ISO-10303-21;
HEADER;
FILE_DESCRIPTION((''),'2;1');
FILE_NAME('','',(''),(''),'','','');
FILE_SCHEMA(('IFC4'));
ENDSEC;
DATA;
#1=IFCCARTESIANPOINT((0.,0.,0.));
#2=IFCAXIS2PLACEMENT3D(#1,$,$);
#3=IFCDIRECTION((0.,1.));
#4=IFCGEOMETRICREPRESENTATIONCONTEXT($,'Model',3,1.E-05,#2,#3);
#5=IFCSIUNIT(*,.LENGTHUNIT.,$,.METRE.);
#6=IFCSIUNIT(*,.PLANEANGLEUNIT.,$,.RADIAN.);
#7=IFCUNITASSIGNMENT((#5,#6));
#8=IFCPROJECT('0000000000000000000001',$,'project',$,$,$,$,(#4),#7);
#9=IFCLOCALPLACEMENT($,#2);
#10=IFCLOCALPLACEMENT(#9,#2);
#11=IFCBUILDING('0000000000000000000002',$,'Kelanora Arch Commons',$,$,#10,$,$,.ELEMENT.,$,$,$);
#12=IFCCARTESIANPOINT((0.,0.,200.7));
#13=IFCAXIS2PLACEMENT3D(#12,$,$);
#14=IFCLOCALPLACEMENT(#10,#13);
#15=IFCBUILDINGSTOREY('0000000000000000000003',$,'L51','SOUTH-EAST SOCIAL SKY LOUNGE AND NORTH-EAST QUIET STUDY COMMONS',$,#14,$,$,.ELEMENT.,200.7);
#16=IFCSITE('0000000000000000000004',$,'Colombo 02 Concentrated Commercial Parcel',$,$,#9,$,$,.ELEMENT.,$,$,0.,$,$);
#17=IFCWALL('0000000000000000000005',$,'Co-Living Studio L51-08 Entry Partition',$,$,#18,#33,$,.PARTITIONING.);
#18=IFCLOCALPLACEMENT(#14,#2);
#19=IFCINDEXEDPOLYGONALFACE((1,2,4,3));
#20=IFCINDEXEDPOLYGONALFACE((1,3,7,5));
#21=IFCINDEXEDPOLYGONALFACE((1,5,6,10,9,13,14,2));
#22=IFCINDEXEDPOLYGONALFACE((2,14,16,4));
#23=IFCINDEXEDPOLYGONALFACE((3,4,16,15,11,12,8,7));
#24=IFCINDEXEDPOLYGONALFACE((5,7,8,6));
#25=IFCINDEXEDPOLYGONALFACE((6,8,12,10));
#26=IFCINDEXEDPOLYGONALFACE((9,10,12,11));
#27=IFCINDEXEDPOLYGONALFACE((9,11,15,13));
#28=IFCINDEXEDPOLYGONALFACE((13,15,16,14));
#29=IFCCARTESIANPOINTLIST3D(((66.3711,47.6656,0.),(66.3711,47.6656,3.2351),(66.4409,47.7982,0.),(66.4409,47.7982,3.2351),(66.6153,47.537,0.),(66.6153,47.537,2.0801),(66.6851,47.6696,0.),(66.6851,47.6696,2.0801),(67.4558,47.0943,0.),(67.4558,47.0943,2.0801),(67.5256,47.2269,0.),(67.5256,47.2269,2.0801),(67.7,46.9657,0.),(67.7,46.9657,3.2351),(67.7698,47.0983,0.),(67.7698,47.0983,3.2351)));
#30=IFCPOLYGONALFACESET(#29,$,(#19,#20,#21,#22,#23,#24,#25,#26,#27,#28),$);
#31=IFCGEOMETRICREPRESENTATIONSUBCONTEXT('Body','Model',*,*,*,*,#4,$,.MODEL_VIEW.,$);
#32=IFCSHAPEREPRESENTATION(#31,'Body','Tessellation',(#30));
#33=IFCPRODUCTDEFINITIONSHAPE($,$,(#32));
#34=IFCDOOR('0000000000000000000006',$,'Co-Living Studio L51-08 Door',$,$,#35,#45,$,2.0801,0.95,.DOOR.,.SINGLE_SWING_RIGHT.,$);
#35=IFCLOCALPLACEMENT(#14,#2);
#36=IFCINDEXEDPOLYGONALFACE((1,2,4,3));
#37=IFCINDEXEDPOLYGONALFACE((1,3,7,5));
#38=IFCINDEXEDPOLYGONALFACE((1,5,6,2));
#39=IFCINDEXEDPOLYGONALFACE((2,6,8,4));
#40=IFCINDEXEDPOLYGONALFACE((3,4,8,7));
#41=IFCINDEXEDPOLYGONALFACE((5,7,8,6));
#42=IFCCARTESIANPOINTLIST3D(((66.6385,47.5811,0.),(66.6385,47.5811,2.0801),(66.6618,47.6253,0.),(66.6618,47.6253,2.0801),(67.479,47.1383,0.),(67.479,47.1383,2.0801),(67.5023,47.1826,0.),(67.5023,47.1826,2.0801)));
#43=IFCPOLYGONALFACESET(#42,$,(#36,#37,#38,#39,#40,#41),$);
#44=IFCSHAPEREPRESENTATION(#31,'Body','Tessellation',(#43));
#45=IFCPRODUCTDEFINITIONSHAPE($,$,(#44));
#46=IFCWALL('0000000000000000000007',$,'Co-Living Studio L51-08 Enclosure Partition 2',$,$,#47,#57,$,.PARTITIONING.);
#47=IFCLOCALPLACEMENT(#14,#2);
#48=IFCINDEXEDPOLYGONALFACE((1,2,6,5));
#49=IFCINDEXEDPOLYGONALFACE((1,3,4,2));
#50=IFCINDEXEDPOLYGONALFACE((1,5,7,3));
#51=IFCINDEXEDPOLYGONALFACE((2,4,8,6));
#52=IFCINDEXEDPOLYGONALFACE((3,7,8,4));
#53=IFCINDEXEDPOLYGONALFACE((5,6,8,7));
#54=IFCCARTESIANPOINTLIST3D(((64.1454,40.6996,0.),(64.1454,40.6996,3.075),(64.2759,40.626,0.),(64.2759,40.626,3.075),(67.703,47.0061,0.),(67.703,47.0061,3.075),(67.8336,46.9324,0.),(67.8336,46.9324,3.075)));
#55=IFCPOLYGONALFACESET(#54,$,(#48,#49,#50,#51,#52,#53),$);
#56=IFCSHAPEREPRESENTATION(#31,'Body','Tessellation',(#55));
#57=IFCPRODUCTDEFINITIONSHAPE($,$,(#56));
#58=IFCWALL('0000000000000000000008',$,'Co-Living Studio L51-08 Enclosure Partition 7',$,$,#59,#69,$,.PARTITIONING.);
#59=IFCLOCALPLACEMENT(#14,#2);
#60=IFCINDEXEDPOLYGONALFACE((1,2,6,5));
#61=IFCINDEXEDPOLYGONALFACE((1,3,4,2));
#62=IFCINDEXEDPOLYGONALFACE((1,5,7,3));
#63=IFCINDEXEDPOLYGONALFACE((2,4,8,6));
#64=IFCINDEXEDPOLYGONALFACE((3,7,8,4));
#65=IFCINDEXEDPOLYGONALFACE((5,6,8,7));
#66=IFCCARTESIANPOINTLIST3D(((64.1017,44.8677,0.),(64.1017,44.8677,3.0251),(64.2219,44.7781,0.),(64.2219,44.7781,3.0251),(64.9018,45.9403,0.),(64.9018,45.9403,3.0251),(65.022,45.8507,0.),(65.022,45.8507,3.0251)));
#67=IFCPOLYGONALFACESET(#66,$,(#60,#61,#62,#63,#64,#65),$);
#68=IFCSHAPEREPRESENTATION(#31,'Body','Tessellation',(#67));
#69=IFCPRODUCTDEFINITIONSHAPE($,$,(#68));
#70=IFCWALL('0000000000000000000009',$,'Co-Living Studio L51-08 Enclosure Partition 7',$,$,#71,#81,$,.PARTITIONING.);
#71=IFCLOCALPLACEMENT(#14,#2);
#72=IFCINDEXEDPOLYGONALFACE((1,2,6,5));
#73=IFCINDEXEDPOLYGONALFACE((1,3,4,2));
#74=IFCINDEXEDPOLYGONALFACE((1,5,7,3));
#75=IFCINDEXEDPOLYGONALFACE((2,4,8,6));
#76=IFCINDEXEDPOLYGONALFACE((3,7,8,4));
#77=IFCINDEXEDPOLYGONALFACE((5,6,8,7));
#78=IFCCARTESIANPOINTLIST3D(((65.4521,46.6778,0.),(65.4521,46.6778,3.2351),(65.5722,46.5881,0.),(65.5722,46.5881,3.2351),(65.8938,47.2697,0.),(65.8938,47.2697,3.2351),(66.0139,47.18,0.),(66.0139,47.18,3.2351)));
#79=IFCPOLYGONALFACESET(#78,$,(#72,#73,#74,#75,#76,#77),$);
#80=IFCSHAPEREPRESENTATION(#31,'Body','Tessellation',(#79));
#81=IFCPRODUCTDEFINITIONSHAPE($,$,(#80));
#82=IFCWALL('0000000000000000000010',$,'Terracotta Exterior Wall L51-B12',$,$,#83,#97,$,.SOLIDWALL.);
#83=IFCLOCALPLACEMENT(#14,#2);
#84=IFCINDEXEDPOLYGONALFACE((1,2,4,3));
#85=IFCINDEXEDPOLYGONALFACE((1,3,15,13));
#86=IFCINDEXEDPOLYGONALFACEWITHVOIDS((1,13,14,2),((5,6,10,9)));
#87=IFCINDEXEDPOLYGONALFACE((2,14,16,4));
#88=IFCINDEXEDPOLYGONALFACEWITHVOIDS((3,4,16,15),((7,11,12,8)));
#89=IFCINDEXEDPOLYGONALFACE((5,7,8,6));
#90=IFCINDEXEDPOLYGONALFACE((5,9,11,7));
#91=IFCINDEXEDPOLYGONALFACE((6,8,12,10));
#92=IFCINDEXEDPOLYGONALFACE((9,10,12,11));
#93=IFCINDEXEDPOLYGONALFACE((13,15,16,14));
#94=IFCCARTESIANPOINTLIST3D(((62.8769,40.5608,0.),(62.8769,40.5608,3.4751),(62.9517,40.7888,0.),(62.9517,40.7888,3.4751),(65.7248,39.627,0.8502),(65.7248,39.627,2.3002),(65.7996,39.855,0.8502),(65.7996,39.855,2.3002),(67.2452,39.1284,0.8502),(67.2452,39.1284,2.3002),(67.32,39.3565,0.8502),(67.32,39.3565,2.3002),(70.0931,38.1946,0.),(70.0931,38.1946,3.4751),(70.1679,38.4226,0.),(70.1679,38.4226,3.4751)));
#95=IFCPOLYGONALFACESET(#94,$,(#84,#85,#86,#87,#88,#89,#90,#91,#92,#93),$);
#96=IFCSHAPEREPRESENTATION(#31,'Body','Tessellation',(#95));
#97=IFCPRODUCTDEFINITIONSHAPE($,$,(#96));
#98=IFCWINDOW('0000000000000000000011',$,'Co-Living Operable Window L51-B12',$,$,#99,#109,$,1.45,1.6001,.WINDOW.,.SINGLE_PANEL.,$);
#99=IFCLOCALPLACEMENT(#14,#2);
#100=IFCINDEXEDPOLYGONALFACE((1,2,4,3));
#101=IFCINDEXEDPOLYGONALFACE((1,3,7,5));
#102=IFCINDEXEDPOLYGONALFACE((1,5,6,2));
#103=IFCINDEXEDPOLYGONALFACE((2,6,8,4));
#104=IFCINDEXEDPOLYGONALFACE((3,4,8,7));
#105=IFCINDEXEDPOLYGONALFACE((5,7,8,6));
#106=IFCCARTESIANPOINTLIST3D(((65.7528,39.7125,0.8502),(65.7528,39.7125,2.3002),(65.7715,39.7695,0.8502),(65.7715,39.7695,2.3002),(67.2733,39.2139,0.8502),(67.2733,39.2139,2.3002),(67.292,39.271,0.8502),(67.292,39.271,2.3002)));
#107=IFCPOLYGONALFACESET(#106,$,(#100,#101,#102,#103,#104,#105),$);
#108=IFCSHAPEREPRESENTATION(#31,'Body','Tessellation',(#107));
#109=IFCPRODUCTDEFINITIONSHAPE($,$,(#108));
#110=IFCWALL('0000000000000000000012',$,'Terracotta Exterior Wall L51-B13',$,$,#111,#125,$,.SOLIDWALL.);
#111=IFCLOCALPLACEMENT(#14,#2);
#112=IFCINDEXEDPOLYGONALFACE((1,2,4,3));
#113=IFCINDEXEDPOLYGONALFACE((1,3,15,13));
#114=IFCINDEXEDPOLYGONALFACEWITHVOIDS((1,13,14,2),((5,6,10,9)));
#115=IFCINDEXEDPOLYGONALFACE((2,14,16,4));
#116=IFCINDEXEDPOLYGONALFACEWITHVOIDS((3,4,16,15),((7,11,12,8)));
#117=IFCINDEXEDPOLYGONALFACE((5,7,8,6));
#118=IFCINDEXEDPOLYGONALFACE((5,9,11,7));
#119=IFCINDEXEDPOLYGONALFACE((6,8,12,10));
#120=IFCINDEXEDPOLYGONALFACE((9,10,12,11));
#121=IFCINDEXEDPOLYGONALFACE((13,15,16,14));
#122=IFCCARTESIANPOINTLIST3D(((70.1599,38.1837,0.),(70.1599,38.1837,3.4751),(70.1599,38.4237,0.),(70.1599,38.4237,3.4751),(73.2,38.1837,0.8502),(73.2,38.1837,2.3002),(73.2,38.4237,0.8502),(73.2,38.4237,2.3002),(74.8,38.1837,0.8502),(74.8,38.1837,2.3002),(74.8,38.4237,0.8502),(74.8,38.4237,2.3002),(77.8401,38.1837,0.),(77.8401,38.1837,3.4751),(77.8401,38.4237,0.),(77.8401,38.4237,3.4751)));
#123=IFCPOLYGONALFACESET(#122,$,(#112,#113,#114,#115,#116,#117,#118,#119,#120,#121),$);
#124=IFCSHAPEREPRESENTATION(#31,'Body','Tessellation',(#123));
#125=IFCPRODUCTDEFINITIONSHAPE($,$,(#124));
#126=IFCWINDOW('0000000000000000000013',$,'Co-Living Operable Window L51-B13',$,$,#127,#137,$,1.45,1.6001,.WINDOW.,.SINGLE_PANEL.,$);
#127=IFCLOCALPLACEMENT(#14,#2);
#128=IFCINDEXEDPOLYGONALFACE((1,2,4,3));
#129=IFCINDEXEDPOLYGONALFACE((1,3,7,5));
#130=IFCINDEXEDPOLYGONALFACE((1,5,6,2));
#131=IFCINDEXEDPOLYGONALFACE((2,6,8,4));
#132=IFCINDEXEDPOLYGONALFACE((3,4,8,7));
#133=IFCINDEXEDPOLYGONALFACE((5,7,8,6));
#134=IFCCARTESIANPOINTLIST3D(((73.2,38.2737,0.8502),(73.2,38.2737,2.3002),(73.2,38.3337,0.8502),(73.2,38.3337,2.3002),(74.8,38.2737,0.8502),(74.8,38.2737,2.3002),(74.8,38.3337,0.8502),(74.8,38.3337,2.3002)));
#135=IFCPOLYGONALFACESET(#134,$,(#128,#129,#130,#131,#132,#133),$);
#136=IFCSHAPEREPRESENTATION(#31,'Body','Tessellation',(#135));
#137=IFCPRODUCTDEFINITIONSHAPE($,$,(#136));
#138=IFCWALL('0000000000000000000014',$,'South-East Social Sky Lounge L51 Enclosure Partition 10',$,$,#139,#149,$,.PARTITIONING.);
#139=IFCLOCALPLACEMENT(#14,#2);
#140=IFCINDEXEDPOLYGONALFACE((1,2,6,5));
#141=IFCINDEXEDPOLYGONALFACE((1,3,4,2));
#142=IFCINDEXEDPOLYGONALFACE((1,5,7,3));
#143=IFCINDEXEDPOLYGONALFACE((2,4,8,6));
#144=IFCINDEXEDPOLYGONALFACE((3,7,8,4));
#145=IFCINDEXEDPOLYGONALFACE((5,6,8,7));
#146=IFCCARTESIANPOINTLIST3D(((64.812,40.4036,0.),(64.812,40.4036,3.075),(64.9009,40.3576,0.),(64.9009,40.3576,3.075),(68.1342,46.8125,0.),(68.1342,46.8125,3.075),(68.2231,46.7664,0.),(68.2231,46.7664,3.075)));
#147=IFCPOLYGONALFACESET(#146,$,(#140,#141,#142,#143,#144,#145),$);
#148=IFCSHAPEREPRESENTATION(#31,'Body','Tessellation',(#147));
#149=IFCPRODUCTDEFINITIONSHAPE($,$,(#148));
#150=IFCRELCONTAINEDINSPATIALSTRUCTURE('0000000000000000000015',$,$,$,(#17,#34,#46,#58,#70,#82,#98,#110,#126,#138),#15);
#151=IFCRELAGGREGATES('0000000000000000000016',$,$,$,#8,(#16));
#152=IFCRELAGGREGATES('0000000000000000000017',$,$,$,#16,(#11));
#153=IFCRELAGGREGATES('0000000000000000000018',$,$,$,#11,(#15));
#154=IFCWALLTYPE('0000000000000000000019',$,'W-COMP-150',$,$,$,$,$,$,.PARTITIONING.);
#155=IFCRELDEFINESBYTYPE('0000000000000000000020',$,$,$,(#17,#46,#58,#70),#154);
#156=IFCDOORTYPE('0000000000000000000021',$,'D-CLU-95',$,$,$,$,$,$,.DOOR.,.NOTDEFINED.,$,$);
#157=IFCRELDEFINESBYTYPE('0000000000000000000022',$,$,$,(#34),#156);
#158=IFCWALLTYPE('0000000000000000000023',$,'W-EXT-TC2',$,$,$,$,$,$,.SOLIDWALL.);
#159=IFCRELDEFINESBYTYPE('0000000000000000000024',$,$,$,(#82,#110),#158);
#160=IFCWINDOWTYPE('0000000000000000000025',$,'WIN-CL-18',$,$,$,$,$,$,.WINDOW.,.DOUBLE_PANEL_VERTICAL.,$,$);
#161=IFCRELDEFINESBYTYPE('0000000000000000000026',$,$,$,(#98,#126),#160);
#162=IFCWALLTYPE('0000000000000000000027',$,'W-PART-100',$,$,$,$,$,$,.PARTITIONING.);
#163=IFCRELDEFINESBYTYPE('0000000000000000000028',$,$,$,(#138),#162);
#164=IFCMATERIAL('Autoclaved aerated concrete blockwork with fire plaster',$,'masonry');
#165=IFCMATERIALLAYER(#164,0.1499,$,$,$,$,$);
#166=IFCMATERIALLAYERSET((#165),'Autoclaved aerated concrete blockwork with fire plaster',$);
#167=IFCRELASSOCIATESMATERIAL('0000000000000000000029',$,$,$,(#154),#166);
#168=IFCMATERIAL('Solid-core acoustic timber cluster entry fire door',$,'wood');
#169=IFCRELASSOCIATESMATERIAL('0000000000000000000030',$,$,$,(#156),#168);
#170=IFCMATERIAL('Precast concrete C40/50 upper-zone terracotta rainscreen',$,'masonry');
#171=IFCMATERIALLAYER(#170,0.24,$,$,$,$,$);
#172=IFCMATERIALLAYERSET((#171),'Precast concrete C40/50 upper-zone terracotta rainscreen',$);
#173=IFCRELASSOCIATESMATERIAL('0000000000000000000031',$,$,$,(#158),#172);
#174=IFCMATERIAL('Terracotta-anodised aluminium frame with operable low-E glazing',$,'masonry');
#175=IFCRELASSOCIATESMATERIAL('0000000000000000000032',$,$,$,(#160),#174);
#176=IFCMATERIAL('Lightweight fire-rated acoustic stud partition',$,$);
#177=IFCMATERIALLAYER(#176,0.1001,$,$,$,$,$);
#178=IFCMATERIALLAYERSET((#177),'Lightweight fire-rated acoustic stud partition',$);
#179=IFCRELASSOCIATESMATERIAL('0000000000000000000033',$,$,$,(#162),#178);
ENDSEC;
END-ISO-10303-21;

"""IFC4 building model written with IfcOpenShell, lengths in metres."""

from ifc_helpers import new_model, si_unit, direction, frame, frame_2d, origin, place, context, subcontext, project, spatial, rectangle, extrude, material, layer, layer_set, type_object, element, fill, save


model = new_model("IFC4")

# Units and contexts
model_context = context("Model", 3, precision=1e-05, world=origin(), true_north=direction((0.0, 1.0)))
body_context = subcontext(model_context, "Body", "Model", "MODEL_VIEW")
ifc_project = project(units=[si_unit("LENGTHUNIT", "METRE"), si_unit("PLANEANGLEUNIT", "RADIAN")], contexts=[model_context])

# Site, building, storey
site_placement = place(None, origin())
site = spatial("IfcSite", under=ifc_project, at=site_placement, Name="Colombo 02 Concentrated Commercial Parcel", CompositionType="ELEMENT", RefElevation=0.0)
building_placement = place(site_placement, origin())
building = spatial("IfcBuilding", under=site, at=building_placement, Name="Kelanora Arch Commons", CompositionType="ELEMENT")
storey_placement = place(building_placement, frame((0.0, 0.0, 200.7)))
storey = spatial("IfcBuildingStorey", under=building, at=storey_placement, Name="L51", Description="SOUTH-EAST SOCIAL SKY LOUNGE AND NORTH-EAST QUIET STUDY COMMONS", CompositionType="ELEMENT", Elevation=200.7)

# Wall, opening, door
ifc_material_1 = material(Name="Autoclaved aerated concrete blockwork with fire plaster", Category="masonry")
ifc_layer_1 = layer(ifc_material_1, 0.1499)
ifc_layer_set_1 = layer_set([ifc_layer_1], Name="Autoclaved aerated concrete blockwork with fire plaster")
wall_type_1 = type_object("IfcWallType", Name="W-COMP-150", PredefinedType="PARTITIONING", material=ifc_layer_set_1)
wall_1_placement = place(storey_placement, frame((66.406, 47.7319, 0.0), z_axis=(0.0, 0.0, 1.0), x_axis=(0.884767, -0.466034, 0.0)))
wall_1 = element("IfcWall", 1, at=wall_1_placement, inside=storey, type_object=wall_type_1, Name="Co-Living Studio L51-08 Entry Partition", PredefinedType="PARTITIONING", context=body_context, shape_type="SweptSolid", body=[
    extrude(rectangle(XDim=1.502, YDim=0.1499, at=frame_2d((0.751, 0.0))), origin(), (0.0, 0.0, 1.0), 3.2351),
])
opening_1_placement = place(wall_1_placement, frame((0.2759, 0.0, 0.0)))
opening_1 = element("IfcOpeningElement", 2, at=opening_1_placement, cuts=wall_1, PredefinedType="OPENING", context=body_context, shape_type="SweptSolid", body=[
    extrude(rectangle(XDim=0.95, YDim=2.0801, at=frame_2d((0.4751, 1.04))), frame((0.0, 0.085, 0.0), z_axis=(0.0, -1.0, 0.0), x_axis=(1.0, 0.0, 0.0)), (0.0, 0.0, 1.0), 0.1699),
])
ifc_material_2 = material(Name="Solid-core acoustic timber cluster entry fire door", Category="wood")
door_type_1 = type_object("IfcDoorType", Name="D-CLU-95", OperationType="NOTDEFINED", PredefinedType="DOOR", material=ifc_material_2)
door_1_placement = place(opening_1_placement, origin())
door_1 = element("IfcDoor", 3, at=door_1_placement, inside=storey, type_object=door_type_1, Name="Co-Living Studio L51-08 Door", OperationType="SINGLE_SWING_RIGHT", OverallHeight=2.0801, OverallWidth=0.95, PredefinedType="DOOR", context=body_context, shape_type="SweptSolid", body=[
    extrude(rectangle(XDim=0.95, YDim=2.0801, at=frame_2d((0.4751, 1.04))), frame((0.0, 0.0249, 0.0), z_axis=(0.0, -1.0, 0.0), x_axis=(1.0, 0.0, 0.0)), (0.0, 0.0, 1.0), 0.05),
])
fill(opening_1, door_1)

# Walls
wall_2_placement = place(storey_placement, frame((67.7683, 46.9692, 0.0), z_axis=(0.0, 0.0, 1.0), x_axis=(-0.491338, -0.870969, 0.0)))
element("IfcWall", 4, at=wall_2_placement, inside=storey, type_object=wall_type_1, Name="Co-Living Studio L51-08 Enclosure Partition 2", PredefinedType="PARTITIONING", context=body_context, shape_type="SweptSolid", body=[
    extrude(rectangle(XDim=7.2407, YDim=0.1499, at=frame_2d((3.6204, 0.0))), origin(), (0.0, 0.0, 1.0), 3.075),
])
wall_3_placement = place(storey_placement, frame((64.1619, 44.823, 0.0), z_axis=(0.0, 0.0, 1.0), x_axis=(0.597925, 0.801552, 0.0)))
element("IfcWall", 5, at=wall_3_placement, inside=storey, type_object=wall_type_1, Name="Co-Living Studio L51-08 Enclosure Partition 7", PredefinedType="PARTITIONING", context=body_context, shape_type="SweptSolid", body=[
    extrude(rectangle(XDim=1.3381, YDim=0.1499, at=frame_2d((0.6689, 0.0))), origin(), (0.0, 0.0, 1.0), 3.0251),
])
wall_4_placement = place(storey_placement, frame((65.5122, 46.6331, 0.0), z_axis=(0.0, 0.0, 1.0), x_axis=(0.598094, 0.801426, 0.0)))
element("IfcWall", 6, at=wall_4_placement, inside=storey, type_object=wall_type_1, Name="Co-Living Studio L51-08 Enclosure Partition 7", PredefinedType="PARTITIONING", context=body_context, shape_type="SweptSolid", body=[
    extrude(rectangle(XDim=0.7385, YDim=0.1499, at=frame_2d((0.3691, 0.0))), origin(), (0.0, 0.0, 1.0), 3.2351),
])

# Walls, openings, windows
ifc_material_3 = material(Name="Precast concrete C40/50 upper-zone terracotta rainscreen", Category="masonry")
ifc_layer_2 = layer(ifc_material_3, 0.24)
ifc_layer_set_2 = layer_set([ifc_layer_2], Name="Precast concrete C40/50 upper-zone terracotta rainscreen")
wall_type_2 = type_object("IfcWallType", Name="W-EXT-TC2", PredefinedType="SOLIDWALL", material=ifc_layer_set_2)
wall_5_placement = place(storey_placement, frame((62.9143, 40.6748, 0.0), z_axis=(0.0, 0.0, 1.0), x_axis=(0.950221, -0.311575, 0.0)))
wall_5 = element("IfcWall", 7, at=wall_5_placement, inside=storey, type_object=wall_type_2, Name="Terracotta Exterior Wall L51-B12", PredefinedType="SOLIDWALL", context=body_context, shape_type="SweptSolid", body=[
    extrude(rectangle(XDim=7.5942, YDim=0.24, at=frame_2d((3.7971, 0.0))), origin(), (0.0, 0.0, 1.0), 3.4751),
])
opening_2_placement = place(wall_5_placement, frame((2.9971, 0.0, 0.8501)))
opening_2 = element("IfcOpeningElement", 8, at=opening_2_placement, cuts=wall_5, PredefinedType="OPENING", context=body_context, shape_type="SweptSolid", body=[
    extrude(rectangle(XDim=1.6001, YDim=1.45, at=frame_2d((0.8, 0.7251))), frame((0.0, 0.1299, 0.0), z_axis=(0.0, -1.0, 0.0), x_axis=(1.0, 0.0, 0.0)), (0.0, 0.0, 1.0), 0.26),
])
ifc_material_4 = material(Name="Terracotta-anodised aluminium frame with operable low-E glazing", Category="masonry")
window_type = type_object("IfcWindowType", Name="WIN-CL-18", PartitioningType="DOUBLE_PANEL_VERTICAL", PredefinedType="WINDOW", material=ifc_material_4)
window_1_placement = place(opening_2_placement, origin())
window_1 = element("IfcWindow", 9, at=window_1_placement, inside=storey, type_object=window_type, Name="Co-Living Operable Window L51-B12", OverallHeight=1.45, OverallWidth=1.6001, PartitioningType="SINGLE_PANEL", PredefinedType="WINDOW", context=body_context, shape_type="SweptSolid", body=[
    extrude(rectangle(XDim=1.6001, YDim=1.45, at=frame_2d((0.8, 0.7251))), frame((0.0, 0.03, 0.0), z_axis=(0.0, -1.0, 0.0), x_axis=(1.0, 0.0, 0.0)), (0.0, 0.0, 1.0), 0.0601),
])
fill(opening_2, window_1)
wall_6_placement = place(storey_placement, frame((70.1599, 38.3037, 0.0), z_axis=(0.0, 0.0, 1.0), x_axis=(1.0, 0.0, 0.0)))
wall_6 = element("IfcWall", 10, at=wall_6_placement, inside=storey, type_object=wall_type_2, Name="Terracotta Exterior Wall L51-B13", PredefinedType="SOLIDWALL", context=body_context, shape_type="SweptSolid", body=[
    extrude(rectangle(XDim=7.6802, YDim=0.24, at=frame_2d((3.8401, 0.0))), origin(), (0.0, 0.0, 1.0), 3.4751),
])
opening_3_placement = place(wall_6_placement, frame((3.04, 0.0, 0.8501)))
opening_3 = element("IfcOpeningElement", 11, at=opening_3_placement, cuts=wall_6, PredefinedType="OPENING", context=body_context, shape_type="SweptSolid", body=[
    extrude(rectangle(XDim=1.6001, YDim=1.45, at=frame_2d((0.8, 0.7251))), frame((0.0, 0.1299, 0.0), z_axis=(0.0, -1.0, 0.0), x_axis=(1.0, 0.0, 0.0)), (0.0, 0.0, 1.0), 0.26),
])
window_2_placement = place(opening_3_placement, origin())
window_2 = element("IfcWindow", 12, at=window_2_placement, inside=storey, type_object=window_type, Name="Co-Living Operable Window L51-B13", OverallHeight=1.45, OverallWidth=1.6001, PartitioningType="SINGLE_PANEL", PredefinedType="WINDOW", context=body_context, shape_type="SweptSolid", body=[
    extrude(rectangle(XDim=1.6001, YDim=1.45, at=frame_2d((0.8, 0.7251))), frame((0.0, 0.03, 0.0), z_axis=(0.0, -1.0, 0.0), x_axis=(1.0, 0.0, 0.0)), (0.0, 0.0, 1.0), 0.0601),
])
fill(opening_3, window_2)

# Wall
ifc_material_5 = material(Name="Lightweight fire-rated acoustic stud partition")
ifc_layer_3 = layer(ifc_material_5, 0.1001)
ifc_layer_set_3 = layer_set([ifc_layer_3], Name="Lightweight fire-rated acoustic stud partition")
wall_type_3 = type_object("IfcWallType", Name="W-PART-100", PredefinedType="PARTITIONING", material=ifc_layer_set_3)
wall_7_placement = place(storey_placement, frame((64.8564, 40.3806, 0.0), z_axis=(0.0, 0.0, 1.0), x_axis=(0.46022, 0.887805, 0.0)))
element("IfcWall", 13, at=wall_7_placement, inside=storey, type_object=wall_type_3, Name="South-East Social Sky Lounge L51 Enclosure Partition 10", PredefinedType="PARTITIONING", context=body_context, shape_type="SweptSolid", body=[
    extrude(rectangle(XDim=7.2188, YDim=0.1001, at=frame_2d((3.6094, 0.0))), origin(), (0.0, 0.0, 1.0), 3.075),
])

save(model, "model.ifc")
